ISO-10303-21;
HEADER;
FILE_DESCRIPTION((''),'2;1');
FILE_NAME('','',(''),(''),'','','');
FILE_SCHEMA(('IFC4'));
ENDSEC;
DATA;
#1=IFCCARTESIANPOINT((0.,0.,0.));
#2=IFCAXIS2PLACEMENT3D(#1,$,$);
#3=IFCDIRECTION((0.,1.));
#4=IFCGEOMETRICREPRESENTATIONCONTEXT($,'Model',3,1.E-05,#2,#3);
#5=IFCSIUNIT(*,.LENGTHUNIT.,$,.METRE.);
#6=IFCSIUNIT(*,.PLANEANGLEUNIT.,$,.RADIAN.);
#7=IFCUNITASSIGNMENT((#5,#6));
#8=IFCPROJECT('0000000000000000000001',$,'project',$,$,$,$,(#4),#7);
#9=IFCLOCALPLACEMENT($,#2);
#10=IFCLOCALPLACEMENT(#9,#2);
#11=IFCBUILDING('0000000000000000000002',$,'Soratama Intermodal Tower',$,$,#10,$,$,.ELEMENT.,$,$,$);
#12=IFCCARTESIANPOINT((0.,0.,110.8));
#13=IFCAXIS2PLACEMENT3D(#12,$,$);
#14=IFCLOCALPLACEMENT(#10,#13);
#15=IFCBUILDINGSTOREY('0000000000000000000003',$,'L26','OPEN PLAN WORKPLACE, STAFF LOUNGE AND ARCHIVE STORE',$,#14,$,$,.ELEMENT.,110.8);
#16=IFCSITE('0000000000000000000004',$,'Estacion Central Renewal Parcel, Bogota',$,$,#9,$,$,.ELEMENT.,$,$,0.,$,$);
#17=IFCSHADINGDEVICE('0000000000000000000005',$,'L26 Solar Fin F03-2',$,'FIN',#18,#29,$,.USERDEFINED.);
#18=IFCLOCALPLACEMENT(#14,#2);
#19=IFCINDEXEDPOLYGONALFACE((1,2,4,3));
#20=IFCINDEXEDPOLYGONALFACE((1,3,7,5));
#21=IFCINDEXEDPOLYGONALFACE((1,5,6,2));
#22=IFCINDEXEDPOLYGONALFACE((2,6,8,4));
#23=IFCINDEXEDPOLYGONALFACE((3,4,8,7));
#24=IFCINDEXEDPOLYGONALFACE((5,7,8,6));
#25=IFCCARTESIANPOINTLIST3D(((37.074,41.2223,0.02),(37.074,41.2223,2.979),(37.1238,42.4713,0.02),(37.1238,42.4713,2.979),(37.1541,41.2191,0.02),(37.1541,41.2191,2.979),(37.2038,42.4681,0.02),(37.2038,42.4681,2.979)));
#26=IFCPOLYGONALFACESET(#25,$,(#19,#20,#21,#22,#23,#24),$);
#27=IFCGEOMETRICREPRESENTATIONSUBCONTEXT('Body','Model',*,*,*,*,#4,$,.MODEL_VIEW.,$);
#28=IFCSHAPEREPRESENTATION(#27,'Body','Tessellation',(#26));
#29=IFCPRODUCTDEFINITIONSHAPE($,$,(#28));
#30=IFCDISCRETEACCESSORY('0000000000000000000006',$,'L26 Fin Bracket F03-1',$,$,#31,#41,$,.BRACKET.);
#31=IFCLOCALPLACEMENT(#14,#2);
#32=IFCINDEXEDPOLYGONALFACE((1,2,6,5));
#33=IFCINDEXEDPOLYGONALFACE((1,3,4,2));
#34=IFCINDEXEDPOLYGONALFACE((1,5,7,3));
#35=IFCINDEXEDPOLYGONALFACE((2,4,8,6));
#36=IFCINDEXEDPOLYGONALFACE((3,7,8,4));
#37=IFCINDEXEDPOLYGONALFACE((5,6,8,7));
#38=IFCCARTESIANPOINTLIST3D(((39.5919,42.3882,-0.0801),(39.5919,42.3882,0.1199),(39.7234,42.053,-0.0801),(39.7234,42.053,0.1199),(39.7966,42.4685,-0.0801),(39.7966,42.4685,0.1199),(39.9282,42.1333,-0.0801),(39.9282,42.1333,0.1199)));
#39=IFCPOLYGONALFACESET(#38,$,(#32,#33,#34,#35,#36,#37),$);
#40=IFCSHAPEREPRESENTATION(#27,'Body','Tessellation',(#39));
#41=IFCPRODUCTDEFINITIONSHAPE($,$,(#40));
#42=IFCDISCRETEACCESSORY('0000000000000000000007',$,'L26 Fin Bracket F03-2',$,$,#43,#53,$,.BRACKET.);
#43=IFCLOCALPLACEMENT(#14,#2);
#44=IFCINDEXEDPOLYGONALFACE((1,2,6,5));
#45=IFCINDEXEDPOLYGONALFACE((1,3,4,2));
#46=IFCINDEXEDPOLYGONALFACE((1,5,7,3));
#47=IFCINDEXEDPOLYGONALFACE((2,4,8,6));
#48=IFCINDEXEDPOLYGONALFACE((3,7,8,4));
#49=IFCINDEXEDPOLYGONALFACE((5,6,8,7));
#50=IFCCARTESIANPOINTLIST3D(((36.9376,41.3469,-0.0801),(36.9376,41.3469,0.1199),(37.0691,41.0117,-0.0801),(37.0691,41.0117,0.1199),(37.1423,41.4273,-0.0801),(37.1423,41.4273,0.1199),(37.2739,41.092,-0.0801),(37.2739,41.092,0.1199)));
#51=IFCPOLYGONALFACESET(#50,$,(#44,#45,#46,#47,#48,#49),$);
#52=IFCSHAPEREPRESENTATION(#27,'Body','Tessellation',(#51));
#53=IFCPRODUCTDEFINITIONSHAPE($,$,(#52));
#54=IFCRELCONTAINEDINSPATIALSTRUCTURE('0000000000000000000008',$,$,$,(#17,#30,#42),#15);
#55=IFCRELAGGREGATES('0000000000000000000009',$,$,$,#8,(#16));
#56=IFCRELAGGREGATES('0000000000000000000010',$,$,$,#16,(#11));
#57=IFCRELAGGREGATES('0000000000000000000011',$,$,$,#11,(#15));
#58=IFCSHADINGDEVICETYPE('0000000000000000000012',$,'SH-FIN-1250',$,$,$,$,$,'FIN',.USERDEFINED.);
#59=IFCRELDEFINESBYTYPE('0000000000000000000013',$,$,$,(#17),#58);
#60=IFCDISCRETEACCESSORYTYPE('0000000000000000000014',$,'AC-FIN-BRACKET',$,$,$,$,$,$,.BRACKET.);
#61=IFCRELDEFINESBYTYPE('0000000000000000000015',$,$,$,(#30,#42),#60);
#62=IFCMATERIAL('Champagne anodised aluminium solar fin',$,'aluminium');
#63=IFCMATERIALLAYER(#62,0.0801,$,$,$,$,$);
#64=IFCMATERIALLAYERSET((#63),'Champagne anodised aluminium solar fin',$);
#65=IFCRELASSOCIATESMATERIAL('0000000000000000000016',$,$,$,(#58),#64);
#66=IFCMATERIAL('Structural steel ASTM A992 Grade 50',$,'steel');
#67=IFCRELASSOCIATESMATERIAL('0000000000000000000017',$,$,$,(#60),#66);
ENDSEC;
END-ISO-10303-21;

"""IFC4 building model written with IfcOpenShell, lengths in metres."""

from ifc_helpers import new_model, si_unit, direction, frame, origin, origin_2d, place, context, subcontext, project, spatial, rectangle, extrude, material, layer, layer_set, type_object, element, save


model = new_model("IFC4")

# Units and contexts
model_context = context("Model", 3, precision=1e-05, world=origin(), true_north=direction((0.0, 1.0)))
body_context = subcontext(model_context, "Body", "Model", "MODEL_VIEW")
ifc_project = project(units=[si_unit("LENGTHUNIT", "METRE"), si_unit("PLANEANGLEUNIT", "RADIAN")], contexts=[model_context])

# Site, building, storey
site_placement = place(None, origin())
site = spatial("IfcSite", under=ifc_project, at=site_placement, Name="Estacion Central Renewal Parcel, Bogota", CompositionType="ELEMENT", RefElevation=0.0)
building_placement = place(site_placement, origin())
building = spatial("IfcBuilding", under=site, at=building_placement, Name="Soratama Intermodal Tower", CompositionType="ELEMENT")
storey_placement = place(building_placement, frame((0.0, 0.0, 110.8)))
storey = spatial("IfcBuildingStorey", under=building, at=storey_placement, Name="L26", Description="OPEN PLAN WORKPLACE, STAFF LOUNGE AND ARCHIVE STORE", CompositionType="ELEMENT", Elevation=110.8)

# Shading device
ifc_material_1 = material(Name="Champagne anodised aluminium solar fin", Category="aluminium")
ifc_layer_1 = layer(ifc_material_1, 0.0801)
ifc_layer_set_1 = layer_set([ifc_layer_1], Name="Champagne anodised aluminium solar fin")
shading_device_type = type_object("IfcShadingDeviceType", Name="SH-FIN-1250", ElementType="FIN", PredefinedType="USERDEFINED", material=ifc_layer_set_1)
for number, where, z_axis, x_axis, name in (
    (1, (37.1389, 41.8452, 0.02), (0.0, 0.0, 1.0), (0.039783, 0.999208, 0.0), "L26 Solar Fin F03-2"),
):
    element("IfcShadingDevice", number, at=place(storey_placement, frame(where, z_axis=z_axis, x_axis=x_axis)), inside=storey, type_object=shading_device_type, Name=name, ObjectType="FIN", PredefinedType="USERDEFINED", context=body_context, shape_type="SweptSolid", body=[
        extrude(rectangle(XDim=1.25, YDim=0.0801, at=origin_2d()), origin(), (0.0, 0.0, 1.0), 2.959),
    ])

# Discrete accessories
ifc_material_2 = material(Name="Structural steel ASTM A992 Grade 50", Category="steel")
discrete_accessory_type = type_object("IfcDiscreteAccessoryType", Name="AC-FIN-BRACKET", PredefinedType="BRACKET", material=ifc_material_2)
for number, where, z_axis, x_axis, name in (
    (2, (39.76, 42.2607, -0.0801), (0.0, 0.0, 1.0), (-0.365202, 0.930928, 0.0), "L26 Fin Bracket F03-1"),
    (3, (37.1057, 41.2195, -0.0801), (0.0, 0.0, 1.0), (-0.365202, 0.930928, 0.0), "L26 Fin Bracket F03-2"),
):
    element("IfcDiscreteAccessory", number, at=place(storey_placement, frame(where, z_axis=z_axis, x_axis=x_axis)), inside=storey, type_object=discrete_accessory_type, Name=name, PredefinedType="BRACKET", context=body_context, shape_type="SweptSolid", body=[
        extrude(rectangle(XDim=0.3601, YDim=0.22, at=origin_2d()), origin(), (0.0, 0.0, 1.0), 0.2),
    ])

save(model, "model.ifc")
